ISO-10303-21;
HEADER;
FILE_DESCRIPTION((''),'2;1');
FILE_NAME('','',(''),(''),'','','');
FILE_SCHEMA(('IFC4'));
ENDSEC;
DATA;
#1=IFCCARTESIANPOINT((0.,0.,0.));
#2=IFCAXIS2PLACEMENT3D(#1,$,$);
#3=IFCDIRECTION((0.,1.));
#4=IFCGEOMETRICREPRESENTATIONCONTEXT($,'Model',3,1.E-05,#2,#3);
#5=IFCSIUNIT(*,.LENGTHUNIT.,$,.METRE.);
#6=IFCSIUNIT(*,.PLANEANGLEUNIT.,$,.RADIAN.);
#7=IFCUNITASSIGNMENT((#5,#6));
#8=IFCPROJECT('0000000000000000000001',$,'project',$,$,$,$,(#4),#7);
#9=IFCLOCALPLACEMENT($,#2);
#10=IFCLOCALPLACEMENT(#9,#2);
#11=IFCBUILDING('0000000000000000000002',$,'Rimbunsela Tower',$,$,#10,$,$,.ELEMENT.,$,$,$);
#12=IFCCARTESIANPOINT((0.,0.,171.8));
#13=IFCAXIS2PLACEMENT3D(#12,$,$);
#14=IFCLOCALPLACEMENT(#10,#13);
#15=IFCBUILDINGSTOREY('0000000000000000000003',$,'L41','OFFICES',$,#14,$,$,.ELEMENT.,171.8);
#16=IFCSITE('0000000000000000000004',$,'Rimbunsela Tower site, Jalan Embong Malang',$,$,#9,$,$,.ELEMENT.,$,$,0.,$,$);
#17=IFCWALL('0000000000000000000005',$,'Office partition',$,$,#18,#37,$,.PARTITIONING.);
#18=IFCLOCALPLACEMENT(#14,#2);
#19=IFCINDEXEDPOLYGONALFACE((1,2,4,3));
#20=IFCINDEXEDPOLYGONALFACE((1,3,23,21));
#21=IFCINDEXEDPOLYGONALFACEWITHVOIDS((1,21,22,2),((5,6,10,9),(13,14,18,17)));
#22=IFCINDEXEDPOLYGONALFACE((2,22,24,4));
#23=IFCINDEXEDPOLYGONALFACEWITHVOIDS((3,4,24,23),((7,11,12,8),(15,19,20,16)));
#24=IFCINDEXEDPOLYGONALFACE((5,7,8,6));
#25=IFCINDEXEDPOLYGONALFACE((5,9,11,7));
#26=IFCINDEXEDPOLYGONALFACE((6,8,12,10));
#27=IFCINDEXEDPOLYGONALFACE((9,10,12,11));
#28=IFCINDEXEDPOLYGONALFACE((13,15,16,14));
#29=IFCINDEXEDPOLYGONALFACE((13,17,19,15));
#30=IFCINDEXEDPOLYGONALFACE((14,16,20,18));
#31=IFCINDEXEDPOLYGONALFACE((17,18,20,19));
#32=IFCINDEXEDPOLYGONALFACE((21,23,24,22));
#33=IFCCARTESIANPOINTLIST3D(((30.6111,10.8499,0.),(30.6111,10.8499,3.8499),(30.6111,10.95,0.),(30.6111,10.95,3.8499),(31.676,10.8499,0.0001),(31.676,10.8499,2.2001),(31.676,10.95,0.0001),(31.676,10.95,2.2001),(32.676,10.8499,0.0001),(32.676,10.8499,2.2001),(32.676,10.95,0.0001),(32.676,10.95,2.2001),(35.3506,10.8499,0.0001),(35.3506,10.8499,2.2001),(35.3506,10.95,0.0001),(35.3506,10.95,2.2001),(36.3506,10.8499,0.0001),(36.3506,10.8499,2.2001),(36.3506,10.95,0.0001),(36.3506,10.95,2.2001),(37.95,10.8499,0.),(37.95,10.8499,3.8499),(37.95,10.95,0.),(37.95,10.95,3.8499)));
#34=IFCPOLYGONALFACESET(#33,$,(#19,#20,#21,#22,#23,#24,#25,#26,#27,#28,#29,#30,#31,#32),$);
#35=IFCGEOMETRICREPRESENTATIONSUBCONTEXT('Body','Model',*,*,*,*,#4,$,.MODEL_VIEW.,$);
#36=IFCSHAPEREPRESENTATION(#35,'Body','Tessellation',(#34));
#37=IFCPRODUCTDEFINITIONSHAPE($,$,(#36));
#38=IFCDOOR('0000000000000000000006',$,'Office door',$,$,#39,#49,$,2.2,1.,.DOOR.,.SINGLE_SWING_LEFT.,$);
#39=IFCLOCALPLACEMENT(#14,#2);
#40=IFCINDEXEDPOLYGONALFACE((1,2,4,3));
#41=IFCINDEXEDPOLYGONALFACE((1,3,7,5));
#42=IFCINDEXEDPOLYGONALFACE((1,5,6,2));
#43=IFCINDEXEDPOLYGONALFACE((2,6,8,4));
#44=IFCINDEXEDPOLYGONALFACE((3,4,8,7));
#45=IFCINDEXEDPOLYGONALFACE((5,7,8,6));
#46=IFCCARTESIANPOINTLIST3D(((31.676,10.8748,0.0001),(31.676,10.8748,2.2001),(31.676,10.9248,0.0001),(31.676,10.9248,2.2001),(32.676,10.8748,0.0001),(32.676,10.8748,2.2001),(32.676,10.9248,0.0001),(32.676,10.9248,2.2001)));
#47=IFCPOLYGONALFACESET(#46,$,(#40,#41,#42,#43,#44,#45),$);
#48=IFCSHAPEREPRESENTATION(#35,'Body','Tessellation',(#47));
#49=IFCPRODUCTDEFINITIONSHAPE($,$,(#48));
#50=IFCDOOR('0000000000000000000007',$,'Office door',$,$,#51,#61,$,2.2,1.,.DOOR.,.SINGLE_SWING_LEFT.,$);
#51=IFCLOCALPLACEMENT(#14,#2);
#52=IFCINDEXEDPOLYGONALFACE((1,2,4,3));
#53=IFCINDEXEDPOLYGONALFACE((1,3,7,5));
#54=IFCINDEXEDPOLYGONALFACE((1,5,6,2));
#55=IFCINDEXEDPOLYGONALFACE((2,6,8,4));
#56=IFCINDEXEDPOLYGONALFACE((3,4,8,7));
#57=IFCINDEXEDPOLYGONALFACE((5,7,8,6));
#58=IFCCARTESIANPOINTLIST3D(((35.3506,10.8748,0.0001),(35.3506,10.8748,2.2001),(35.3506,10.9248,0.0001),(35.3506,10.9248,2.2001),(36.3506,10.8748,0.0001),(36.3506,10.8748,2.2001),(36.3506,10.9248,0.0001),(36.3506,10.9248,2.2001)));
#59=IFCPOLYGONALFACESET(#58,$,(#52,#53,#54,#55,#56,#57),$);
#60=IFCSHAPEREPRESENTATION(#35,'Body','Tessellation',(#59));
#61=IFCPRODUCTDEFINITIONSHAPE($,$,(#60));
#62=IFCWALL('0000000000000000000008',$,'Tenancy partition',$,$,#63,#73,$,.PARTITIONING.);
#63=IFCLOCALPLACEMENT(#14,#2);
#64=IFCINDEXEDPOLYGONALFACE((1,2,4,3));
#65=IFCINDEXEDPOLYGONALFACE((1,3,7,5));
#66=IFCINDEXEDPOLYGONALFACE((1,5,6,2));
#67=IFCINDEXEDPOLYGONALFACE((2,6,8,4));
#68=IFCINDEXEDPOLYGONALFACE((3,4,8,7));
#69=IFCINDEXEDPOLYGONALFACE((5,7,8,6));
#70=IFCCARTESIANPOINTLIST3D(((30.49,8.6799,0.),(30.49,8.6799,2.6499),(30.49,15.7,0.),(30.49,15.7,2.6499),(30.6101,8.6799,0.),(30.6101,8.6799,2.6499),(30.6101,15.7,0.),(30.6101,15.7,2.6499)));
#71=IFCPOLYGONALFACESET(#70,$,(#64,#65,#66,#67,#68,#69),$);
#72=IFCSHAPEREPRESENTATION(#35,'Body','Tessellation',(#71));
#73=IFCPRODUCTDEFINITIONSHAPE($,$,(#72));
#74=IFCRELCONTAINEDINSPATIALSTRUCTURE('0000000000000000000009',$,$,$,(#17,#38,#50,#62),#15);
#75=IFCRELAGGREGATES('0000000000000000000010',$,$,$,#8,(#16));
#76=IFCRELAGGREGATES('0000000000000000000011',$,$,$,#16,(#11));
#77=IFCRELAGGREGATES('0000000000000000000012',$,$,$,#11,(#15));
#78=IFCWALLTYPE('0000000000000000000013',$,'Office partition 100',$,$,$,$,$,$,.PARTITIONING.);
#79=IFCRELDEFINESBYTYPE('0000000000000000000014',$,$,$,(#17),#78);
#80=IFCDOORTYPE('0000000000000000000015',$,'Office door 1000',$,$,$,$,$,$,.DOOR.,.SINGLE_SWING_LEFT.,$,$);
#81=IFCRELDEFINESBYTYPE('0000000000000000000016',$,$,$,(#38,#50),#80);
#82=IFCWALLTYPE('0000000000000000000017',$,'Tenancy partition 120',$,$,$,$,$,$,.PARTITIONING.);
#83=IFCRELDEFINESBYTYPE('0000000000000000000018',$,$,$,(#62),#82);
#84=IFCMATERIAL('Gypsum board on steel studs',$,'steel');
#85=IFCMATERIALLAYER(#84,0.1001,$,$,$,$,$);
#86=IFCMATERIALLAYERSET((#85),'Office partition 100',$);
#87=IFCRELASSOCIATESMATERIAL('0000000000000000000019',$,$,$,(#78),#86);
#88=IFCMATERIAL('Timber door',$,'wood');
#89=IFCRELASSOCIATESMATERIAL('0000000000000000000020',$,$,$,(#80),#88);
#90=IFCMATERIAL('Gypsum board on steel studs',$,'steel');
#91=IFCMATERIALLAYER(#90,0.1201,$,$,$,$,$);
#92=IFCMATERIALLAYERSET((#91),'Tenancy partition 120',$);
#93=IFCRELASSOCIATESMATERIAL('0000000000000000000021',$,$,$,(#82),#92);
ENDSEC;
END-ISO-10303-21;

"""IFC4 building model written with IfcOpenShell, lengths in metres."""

from ifc_helpers import new_model, si_unit, direction, frame, frame_2d, origin, place, context, subcontext, project, spatial, rectangle, extrude, material, layer, layer_set, type_object, element, fill, save


model = new_model("IFC4")

# Units and contexts
model_context = context("Model", 3, precision=1e-05, world=origin(), true_north=direction((0.0, 1.0)))
body_context = subcontext(model_context, "Body", "Model", "MODEL_VIEW")
ifc_project = project(units=[si_unit("LENGTHUNIT", "METRE"), si_unit("PLANEANGLEUNIT", "RADIAN")], contexts=[model_context])

# Site, building, storey
site_placement = place(None, origin())
site = spatial("IfcSite", under=ifc_project, at=site_placement, Name="Rimbunsela Tower site, Jalan Embong Malang", CompositionType="ELEMENT", RefElevation=0.0)
building_placement = place(site_placement, origin())
building = spatial("IfcBuilding", under=site, at=building_placement, Name="Rimbunsela Tower", CompositionType="ELEMENT")
storey_placement = place(building_placement, frame((0.0, 0.0, 171.8)))
storey = spatial("IfcBuildingStorey", under=building, at=storey_placement, Name="L41", Description="OFFICES", CompositionType="ELEMENT", Elevation=171.8)

# Wall, openings, doors
ifc_material_1 = material(Name="Gypsum board on steel studs", Category="steel")
ifc_layer_1 = layer(ifc_material_1, 0.1001)
ifc_layer_set_1 = layer_set([ifc_layer_1], Name="Office partition 100")
wall_type_1 = type_object("IfcWallType", Name="Office partition 100", PredefinedType="PARTITIONING", material=ifc_layer_set_1)
wall_1_placement = place(storey_placement, frame((30.6111, 10.8999, 0.0), z_axis=(0.0, 0.0, 1.0), x_axis=(1.0, 0.0, 0.0)))
wall_1 = element("IfcWall", 1, at=wall_1_placement, inside=storey, type_object=wall_type_1, Name="Office partition", PredefinedType="PARTITIONING", context=body_context, shape_type="SweptSolid", body=[
    extrude(rectangle(XDim=7.3389, YDim=0.1001, at=frame_2d((3.6694, 0.0))), origin(), (0.0, 0.0, 1.0), 3.8499),
])
opening_1_placement = place(wall_1_placement, frame((1.0649, 0.0, 0.0)))
opening_1 = element("IfcOpeningElement", 2, at=opening_1_placement, cuts=wall_1, PredefinedType="OPENING", context=body_context, shape_type="SweptSolid", body=[
    extrude(rectangle(XDim=1.0, YDim=2.2, at=frame_2d((0.5, 1.1001))), frame((0.0, 0.0601, 0.0), z_axis=(0.0, -1.0, 0.0), x_axis=(1.0, 0.0, 0.0)), (0.0, 0.0, 1.0), 0.1201),
])
opening_2_placement = place(wall_1_placement, frame((4.7395, 0.0, 0.0)))
opening_2 = element("IfcOpeningElement", 3, at=opening_2_placement, cuts=wall_1, PredefinedType="OPENING", context=body_context, shape_type="SweptSolid", body=[
    extrude(rectangle(XDim=1.0, YDim=2.2, at=frame_2d((0.5, 1.1001))), frame((0.0, 0.0601, 0.0), z_axis=(0.0, -1.0, 0.0), x_axis=(1.0, 0.0, 0.0)), (0.0, 0.0, 1.0), 0.1201),
])
ifc_material_2 = material(Name="Timber door", Category="wood")
door_type = type_object("IfcDoorType", Name="Office door 1000", OperationType="SINGLE_SWING_LEFT", PredefinedType="DOOR", material=ifc_material_2)
door_1_placement = place(opening_1_placement, origin())
door_1 = element("IfcDoor", 4, at=door_1_placement, inside=storey, type_object=door_type, Name="Office door", OperationType="SINGLE_SWING_LEFT", OverallHeight=2.2, OverallWidth=1.0, PredefinedType="DOOR", context=body_context, shape_type="SweptSolid", body=[
    extrude(rectangle(XDim=1.0, YDim=2.2, at=frame_2d((0.5, 1.1001))), frame((0.0, 0.0249, 0.0), z_axis=(0.0, -1.0, 0.0), x_axis=(1.0, 0.0, 0.0)), (0.0, 0.0, 1.0), 0.05),
])
fill(opening_1, door_1)
door_2_placement = place(opening_2_placement, origin())
door_2 = element("IfcDoor", 5, at=door_2_placement, inside=storey, type_object=door_type, Name="Office door", OperationType="SINGLE_SWING_LEFT", OverallHeight=2.2, OverallWidth=1.0, PredefinedType="DOOR", context=body_context, shape_type="SweptSolid", body=[
    extrude(rectangle(XDim=1.0, YDim=2.2, at=frame_2d((0.5, 1.1001))), frame((0.0, 0.0249, 0.0), z_axis=(0.0, -1.0, 0.0), x_axis=(1.0, 0.0, 0.0)), (0.0, 0.0, 1.0), 0.05),
])
fill(opening_2, door_2)

# Wall
ifc_material_3 = material(Name="Gypsum board on steel studs", Category="steel")
ifc_layer_2 = layer(ifc_material_3, 0.1201)
ifc_layer_set_2 = layer_set([ifc_layer_2], Name="Tenancy partition 120")
wall_type_2 = type_object("IfcWallType", Name="Tenancy partition 120", PredefinedType="PARTITIONING", material=ifc_layer_set_2)
wall_2_placement = place(storey_placement, frame((30.55, 8.6799, 0.0), z_axis=(0.0, 0.0, 1.0), x_axis=(0.0, 1.0, 0.0)))
element("IfcWall", 6, at=wall_2_placement, inside=storey, type_object=wall_type_2, Name="Tenancy partition", PredefinedType="PARTITIONING", context=body_context, shape_type="SweptSolid", body=[
    extrude(rectangle(XDim=7.02, YDim=0.1201, at=frame_2d((3.51, 0.0))), origin(), (0.0, 0.0, 1.0), 2.6499),
])

save(model, "model.ifc")
